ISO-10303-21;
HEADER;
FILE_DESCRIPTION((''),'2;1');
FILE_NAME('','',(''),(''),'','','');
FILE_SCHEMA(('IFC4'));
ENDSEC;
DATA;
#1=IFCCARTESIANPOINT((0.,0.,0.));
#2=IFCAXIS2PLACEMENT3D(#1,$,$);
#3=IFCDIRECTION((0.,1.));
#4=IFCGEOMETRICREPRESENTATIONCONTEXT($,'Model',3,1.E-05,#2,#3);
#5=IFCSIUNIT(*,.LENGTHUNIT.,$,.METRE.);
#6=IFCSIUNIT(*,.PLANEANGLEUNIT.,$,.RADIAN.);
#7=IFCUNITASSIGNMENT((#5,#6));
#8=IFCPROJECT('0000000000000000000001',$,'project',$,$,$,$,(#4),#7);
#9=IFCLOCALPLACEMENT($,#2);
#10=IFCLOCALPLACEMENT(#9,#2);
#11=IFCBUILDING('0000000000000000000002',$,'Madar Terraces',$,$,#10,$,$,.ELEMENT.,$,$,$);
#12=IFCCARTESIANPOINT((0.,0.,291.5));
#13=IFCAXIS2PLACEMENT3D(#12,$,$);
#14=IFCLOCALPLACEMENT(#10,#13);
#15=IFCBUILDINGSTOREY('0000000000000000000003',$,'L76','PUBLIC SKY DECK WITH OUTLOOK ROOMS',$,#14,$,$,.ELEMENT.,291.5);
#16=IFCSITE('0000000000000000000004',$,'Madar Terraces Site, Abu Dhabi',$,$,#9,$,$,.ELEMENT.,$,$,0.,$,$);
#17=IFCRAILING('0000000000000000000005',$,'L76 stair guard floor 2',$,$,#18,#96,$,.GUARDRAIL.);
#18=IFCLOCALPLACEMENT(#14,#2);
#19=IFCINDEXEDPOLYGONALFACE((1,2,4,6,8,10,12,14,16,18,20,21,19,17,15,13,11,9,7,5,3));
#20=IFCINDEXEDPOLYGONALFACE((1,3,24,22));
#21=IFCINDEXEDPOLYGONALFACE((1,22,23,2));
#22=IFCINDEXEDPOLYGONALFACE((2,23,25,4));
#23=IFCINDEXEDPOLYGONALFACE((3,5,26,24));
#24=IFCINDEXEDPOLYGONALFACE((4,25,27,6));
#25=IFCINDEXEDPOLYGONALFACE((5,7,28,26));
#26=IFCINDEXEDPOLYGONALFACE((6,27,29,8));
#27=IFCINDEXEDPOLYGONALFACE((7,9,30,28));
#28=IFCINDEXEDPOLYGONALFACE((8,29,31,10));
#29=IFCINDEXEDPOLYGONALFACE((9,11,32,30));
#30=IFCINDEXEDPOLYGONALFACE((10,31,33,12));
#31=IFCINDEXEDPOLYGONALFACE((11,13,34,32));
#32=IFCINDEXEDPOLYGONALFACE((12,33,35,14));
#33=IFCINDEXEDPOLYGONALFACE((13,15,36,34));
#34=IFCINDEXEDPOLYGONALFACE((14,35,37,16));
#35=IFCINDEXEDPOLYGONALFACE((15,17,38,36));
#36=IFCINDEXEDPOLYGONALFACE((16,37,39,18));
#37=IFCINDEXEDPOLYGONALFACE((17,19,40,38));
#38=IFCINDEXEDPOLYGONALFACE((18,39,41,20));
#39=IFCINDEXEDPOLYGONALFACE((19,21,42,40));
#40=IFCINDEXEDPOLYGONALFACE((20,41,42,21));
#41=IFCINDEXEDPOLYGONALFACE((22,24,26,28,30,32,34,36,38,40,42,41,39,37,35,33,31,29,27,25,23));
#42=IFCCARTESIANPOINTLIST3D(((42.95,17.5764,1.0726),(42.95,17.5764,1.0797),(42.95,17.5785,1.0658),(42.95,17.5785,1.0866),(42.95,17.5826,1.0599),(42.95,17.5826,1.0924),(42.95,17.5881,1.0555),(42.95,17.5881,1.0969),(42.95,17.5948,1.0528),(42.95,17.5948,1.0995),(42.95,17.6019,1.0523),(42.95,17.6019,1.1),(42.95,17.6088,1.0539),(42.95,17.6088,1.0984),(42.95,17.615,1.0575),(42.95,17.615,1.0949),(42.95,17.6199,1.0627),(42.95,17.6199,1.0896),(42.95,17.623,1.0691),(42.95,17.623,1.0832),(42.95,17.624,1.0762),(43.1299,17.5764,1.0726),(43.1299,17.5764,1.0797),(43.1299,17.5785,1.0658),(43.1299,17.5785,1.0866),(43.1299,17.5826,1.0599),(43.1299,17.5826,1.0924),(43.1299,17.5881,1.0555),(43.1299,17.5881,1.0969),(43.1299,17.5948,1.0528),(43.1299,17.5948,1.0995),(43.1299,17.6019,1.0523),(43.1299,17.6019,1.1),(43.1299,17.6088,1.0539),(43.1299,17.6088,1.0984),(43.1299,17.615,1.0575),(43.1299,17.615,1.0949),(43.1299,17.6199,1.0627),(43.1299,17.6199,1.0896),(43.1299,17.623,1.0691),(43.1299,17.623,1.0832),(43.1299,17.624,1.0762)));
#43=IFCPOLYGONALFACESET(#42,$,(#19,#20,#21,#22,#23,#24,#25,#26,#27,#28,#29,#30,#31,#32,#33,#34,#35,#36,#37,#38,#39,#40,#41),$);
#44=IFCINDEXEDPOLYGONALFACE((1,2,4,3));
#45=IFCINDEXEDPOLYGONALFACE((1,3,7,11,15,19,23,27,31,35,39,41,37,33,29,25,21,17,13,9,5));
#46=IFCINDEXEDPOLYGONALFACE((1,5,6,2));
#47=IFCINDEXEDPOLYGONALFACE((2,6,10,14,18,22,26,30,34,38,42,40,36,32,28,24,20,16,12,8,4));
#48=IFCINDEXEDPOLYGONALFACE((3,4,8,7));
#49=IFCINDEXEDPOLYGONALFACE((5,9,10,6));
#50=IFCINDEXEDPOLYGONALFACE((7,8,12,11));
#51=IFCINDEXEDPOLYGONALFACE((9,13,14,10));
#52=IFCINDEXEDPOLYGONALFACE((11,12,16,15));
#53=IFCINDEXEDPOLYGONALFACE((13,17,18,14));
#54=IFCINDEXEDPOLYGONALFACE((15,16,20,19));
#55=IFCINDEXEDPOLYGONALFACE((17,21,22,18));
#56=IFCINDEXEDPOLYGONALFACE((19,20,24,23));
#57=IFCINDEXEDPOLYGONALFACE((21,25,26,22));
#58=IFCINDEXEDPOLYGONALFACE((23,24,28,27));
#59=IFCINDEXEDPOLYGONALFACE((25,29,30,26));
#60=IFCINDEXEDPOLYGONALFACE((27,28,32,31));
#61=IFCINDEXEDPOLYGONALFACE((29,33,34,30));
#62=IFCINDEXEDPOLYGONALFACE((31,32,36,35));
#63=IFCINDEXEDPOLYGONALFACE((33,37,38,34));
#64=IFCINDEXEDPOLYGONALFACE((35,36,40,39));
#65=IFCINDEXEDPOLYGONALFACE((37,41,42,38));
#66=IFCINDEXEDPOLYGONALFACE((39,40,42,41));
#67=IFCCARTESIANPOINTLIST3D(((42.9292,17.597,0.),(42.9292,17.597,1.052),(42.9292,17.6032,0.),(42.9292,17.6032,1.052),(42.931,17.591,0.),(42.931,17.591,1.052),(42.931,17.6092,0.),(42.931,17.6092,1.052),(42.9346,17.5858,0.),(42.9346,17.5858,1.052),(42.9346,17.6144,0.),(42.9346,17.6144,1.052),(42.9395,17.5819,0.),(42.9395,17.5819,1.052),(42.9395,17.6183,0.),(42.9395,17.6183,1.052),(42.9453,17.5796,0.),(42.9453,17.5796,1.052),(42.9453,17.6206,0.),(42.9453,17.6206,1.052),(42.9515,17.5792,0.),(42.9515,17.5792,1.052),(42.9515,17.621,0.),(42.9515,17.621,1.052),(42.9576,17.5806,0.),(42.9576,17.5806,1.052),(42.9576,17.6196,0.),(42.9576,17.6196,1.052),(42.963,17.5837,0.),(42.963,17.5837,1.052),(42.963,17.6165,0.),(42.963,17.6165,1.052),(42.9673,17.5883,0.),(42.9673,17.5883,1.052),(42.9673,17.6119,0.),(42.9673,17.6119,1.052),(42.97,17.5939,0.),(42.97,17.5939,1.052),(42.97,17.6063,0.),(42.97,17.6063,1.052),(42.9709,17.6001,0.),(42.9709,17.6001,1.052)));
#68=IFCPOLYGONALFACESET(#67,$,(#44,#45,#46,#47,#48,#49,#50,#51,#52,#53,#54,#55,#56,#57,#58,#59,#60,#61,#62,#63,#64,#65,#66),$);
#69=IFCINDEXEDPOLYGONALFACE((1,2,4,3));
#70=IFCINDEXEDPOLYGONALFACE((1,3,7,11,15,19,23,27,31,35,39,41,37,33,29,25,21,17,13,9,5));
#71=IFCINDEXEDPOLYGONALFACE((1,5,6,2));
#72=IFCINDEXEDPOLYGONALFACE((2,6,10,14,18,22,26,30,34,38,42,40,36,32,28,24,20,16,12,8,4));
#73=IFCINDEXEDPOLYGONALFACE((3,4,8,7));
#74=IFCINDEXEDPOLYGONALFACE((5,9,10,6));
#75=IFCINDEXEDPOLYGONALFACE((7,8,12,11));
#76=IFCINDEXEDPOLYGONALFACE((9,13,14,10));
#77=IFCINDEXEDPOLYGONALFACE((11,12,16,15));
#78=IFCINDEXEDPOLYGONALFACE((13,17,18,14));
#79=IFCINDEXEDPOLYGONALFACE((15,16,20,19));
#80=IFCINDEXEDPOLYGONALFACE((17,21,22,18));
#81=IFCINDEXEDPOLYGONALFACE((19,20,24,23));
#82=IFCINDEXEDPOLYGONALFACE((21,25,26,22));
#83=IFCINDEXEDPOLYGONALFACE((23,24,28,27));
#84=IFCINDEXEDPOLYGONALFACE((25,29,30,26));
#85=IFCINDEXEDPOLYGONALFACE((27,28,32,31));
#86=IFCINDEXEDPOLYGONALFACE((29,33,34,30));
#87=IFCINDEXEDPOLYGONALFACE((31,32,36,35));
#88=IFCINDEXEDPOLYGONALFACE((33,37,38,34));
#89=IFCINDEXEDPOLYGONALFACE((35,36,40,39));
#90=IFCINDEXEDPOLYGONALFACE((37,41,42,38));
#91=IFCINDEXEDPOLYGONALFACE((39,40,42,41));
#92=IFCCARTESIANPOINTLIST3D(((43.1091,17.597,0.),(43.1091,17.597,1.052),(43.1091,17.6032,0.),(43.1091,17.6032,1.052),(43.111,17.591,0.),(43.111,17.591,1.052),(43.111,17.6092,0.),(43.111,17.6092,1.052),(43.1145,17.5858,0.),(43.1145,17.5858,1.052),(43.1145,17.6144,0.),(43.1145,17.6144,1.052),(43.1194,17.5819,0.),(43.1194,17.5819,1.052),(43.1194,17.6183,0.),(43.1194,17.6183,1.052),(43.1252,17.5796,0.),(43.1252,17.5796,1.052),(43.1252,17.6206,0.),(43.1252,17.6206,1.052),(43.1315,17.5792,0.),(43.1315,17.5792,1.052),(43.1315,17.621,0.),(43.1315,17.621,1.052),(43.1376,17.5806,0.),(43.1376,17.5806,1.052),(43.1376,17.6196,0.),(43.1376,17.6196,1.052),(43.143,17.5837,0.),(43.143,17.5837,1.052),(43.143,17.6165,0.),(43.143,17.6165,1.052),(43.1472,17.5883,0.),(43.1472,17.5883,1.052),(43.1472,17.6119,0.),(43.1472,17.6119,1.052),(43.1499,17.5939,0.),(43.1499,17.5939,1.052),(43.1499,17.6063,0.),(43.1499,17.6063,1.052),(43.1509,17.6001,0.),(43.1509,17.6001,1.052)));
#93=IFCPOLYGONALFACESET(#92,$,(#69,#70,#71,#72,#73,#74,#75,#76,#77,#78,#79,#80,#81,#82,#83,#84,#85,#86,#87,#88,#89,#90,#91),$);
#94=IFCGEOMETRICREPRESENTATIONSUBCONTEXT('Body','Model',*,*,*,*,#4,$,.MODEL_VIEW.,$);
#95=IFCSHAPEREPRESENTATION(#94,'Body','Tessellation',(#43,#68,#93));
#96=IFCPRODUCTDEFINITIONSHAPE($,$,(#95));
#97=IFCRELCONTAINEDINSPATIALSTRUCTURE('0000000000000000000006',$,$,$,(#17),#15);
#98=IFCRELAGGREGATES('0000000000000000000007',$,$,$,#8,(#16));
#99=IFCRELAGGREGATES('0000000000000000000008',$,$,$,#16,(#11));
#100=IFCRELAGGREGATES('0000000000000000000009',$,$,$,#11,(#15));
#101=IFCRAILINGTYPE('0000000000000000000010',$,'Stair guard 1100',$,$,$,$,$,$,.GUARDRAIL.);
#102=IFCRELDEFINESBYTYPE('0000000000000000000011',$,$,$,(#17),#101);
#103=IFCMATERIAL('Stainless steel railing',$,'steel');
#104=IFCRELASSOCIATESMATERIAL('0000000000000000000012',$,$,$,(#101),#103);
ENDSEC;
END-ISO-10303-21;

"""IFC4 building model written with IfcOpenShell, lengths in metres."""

from ifc_helpers import new_model, si_unit, direction, frame, origin, origin_2d, place, context, subcontext, project, spatial, circle, extrude, material, type_object, element, save


model = new_model("IFC4")

# Units and contexts
model_context = context("Model", 3, precision=1e-05, world=origin(), true_north=direction((0.0, 1.0)))
body_context = subcontext(model_context, "Body", "Model", "MODEL_VIEW")
ifc_project = project(units=[si_unit("LENGTHUNIT", "METRE"), si_unit("PLANEANGLEUNIT", "RADIAN")], contexts=[model_context])

# Site, building, storey
site_placement = place(None, origin())
site = spatial("IfcSite", under=ifc_project, at=site_placement, Name="Madar Terraces Site, Abu Dhabi", CompositionType="ELEMENT", RefElevation=0.0)
building_placement = place(site_placement, origin())
building = spatial("IfcBuilding", under=site, at=building_placement, Name="Madar Terraces", CompositionType="ELEMENT")
storey_placement = place(building_placement, frame((0.0, 0.0, 291.5)))
storey = spatial("IfcBuildingStorey", under=building, at=storey_placement, Name="L76", Description="PUBLIC SKY DECK WITH OUTLOOK ROOMS", CompositionType="ELEMENT", Elevation=291.5)

# Railing
ifc_material_1 = material(Name="Stainless steel railing", Category="steel")
railing_type_1 = type_object("IfcRailingType", Name="Stair guard 1100", PredefinedType="GUARDRAIL", material=ifc_material_1)
for number, where, name in (
    (1, (42.95, 17.6001, 0.0), "L76 stair guard floor 2"),
):
    element("IfcRailing", number, at=place(storey_placement, frame(where)), inside=storey, type_object=railing_type_1, Name=name, PredefinedType="GUARDRAIL", context=body_context, shape_type="SweptSolid", body=[
        extrude(circle(Radius=0.0239, at=origin_2d()), frame((0.0, 0.0, 1.0762), z_axis=(1.0, 0.0, 0.0), x_axis=(0.0, 1.0, 0.0)), (0.0, 0.0, 1.0), 0.1799),
        extrude(circle(Radius=0.021, at=origin_2d()), origin(), (0.0, 0.0, 1.0), 1.052),
        extrude(circle(Radius=0.021, at=origin_2d()), frame((0.1799, 0.0, 0.0)), (0.0, 0.0, 1.0), 1.052),
    ])

save(model, "model.ifc")
